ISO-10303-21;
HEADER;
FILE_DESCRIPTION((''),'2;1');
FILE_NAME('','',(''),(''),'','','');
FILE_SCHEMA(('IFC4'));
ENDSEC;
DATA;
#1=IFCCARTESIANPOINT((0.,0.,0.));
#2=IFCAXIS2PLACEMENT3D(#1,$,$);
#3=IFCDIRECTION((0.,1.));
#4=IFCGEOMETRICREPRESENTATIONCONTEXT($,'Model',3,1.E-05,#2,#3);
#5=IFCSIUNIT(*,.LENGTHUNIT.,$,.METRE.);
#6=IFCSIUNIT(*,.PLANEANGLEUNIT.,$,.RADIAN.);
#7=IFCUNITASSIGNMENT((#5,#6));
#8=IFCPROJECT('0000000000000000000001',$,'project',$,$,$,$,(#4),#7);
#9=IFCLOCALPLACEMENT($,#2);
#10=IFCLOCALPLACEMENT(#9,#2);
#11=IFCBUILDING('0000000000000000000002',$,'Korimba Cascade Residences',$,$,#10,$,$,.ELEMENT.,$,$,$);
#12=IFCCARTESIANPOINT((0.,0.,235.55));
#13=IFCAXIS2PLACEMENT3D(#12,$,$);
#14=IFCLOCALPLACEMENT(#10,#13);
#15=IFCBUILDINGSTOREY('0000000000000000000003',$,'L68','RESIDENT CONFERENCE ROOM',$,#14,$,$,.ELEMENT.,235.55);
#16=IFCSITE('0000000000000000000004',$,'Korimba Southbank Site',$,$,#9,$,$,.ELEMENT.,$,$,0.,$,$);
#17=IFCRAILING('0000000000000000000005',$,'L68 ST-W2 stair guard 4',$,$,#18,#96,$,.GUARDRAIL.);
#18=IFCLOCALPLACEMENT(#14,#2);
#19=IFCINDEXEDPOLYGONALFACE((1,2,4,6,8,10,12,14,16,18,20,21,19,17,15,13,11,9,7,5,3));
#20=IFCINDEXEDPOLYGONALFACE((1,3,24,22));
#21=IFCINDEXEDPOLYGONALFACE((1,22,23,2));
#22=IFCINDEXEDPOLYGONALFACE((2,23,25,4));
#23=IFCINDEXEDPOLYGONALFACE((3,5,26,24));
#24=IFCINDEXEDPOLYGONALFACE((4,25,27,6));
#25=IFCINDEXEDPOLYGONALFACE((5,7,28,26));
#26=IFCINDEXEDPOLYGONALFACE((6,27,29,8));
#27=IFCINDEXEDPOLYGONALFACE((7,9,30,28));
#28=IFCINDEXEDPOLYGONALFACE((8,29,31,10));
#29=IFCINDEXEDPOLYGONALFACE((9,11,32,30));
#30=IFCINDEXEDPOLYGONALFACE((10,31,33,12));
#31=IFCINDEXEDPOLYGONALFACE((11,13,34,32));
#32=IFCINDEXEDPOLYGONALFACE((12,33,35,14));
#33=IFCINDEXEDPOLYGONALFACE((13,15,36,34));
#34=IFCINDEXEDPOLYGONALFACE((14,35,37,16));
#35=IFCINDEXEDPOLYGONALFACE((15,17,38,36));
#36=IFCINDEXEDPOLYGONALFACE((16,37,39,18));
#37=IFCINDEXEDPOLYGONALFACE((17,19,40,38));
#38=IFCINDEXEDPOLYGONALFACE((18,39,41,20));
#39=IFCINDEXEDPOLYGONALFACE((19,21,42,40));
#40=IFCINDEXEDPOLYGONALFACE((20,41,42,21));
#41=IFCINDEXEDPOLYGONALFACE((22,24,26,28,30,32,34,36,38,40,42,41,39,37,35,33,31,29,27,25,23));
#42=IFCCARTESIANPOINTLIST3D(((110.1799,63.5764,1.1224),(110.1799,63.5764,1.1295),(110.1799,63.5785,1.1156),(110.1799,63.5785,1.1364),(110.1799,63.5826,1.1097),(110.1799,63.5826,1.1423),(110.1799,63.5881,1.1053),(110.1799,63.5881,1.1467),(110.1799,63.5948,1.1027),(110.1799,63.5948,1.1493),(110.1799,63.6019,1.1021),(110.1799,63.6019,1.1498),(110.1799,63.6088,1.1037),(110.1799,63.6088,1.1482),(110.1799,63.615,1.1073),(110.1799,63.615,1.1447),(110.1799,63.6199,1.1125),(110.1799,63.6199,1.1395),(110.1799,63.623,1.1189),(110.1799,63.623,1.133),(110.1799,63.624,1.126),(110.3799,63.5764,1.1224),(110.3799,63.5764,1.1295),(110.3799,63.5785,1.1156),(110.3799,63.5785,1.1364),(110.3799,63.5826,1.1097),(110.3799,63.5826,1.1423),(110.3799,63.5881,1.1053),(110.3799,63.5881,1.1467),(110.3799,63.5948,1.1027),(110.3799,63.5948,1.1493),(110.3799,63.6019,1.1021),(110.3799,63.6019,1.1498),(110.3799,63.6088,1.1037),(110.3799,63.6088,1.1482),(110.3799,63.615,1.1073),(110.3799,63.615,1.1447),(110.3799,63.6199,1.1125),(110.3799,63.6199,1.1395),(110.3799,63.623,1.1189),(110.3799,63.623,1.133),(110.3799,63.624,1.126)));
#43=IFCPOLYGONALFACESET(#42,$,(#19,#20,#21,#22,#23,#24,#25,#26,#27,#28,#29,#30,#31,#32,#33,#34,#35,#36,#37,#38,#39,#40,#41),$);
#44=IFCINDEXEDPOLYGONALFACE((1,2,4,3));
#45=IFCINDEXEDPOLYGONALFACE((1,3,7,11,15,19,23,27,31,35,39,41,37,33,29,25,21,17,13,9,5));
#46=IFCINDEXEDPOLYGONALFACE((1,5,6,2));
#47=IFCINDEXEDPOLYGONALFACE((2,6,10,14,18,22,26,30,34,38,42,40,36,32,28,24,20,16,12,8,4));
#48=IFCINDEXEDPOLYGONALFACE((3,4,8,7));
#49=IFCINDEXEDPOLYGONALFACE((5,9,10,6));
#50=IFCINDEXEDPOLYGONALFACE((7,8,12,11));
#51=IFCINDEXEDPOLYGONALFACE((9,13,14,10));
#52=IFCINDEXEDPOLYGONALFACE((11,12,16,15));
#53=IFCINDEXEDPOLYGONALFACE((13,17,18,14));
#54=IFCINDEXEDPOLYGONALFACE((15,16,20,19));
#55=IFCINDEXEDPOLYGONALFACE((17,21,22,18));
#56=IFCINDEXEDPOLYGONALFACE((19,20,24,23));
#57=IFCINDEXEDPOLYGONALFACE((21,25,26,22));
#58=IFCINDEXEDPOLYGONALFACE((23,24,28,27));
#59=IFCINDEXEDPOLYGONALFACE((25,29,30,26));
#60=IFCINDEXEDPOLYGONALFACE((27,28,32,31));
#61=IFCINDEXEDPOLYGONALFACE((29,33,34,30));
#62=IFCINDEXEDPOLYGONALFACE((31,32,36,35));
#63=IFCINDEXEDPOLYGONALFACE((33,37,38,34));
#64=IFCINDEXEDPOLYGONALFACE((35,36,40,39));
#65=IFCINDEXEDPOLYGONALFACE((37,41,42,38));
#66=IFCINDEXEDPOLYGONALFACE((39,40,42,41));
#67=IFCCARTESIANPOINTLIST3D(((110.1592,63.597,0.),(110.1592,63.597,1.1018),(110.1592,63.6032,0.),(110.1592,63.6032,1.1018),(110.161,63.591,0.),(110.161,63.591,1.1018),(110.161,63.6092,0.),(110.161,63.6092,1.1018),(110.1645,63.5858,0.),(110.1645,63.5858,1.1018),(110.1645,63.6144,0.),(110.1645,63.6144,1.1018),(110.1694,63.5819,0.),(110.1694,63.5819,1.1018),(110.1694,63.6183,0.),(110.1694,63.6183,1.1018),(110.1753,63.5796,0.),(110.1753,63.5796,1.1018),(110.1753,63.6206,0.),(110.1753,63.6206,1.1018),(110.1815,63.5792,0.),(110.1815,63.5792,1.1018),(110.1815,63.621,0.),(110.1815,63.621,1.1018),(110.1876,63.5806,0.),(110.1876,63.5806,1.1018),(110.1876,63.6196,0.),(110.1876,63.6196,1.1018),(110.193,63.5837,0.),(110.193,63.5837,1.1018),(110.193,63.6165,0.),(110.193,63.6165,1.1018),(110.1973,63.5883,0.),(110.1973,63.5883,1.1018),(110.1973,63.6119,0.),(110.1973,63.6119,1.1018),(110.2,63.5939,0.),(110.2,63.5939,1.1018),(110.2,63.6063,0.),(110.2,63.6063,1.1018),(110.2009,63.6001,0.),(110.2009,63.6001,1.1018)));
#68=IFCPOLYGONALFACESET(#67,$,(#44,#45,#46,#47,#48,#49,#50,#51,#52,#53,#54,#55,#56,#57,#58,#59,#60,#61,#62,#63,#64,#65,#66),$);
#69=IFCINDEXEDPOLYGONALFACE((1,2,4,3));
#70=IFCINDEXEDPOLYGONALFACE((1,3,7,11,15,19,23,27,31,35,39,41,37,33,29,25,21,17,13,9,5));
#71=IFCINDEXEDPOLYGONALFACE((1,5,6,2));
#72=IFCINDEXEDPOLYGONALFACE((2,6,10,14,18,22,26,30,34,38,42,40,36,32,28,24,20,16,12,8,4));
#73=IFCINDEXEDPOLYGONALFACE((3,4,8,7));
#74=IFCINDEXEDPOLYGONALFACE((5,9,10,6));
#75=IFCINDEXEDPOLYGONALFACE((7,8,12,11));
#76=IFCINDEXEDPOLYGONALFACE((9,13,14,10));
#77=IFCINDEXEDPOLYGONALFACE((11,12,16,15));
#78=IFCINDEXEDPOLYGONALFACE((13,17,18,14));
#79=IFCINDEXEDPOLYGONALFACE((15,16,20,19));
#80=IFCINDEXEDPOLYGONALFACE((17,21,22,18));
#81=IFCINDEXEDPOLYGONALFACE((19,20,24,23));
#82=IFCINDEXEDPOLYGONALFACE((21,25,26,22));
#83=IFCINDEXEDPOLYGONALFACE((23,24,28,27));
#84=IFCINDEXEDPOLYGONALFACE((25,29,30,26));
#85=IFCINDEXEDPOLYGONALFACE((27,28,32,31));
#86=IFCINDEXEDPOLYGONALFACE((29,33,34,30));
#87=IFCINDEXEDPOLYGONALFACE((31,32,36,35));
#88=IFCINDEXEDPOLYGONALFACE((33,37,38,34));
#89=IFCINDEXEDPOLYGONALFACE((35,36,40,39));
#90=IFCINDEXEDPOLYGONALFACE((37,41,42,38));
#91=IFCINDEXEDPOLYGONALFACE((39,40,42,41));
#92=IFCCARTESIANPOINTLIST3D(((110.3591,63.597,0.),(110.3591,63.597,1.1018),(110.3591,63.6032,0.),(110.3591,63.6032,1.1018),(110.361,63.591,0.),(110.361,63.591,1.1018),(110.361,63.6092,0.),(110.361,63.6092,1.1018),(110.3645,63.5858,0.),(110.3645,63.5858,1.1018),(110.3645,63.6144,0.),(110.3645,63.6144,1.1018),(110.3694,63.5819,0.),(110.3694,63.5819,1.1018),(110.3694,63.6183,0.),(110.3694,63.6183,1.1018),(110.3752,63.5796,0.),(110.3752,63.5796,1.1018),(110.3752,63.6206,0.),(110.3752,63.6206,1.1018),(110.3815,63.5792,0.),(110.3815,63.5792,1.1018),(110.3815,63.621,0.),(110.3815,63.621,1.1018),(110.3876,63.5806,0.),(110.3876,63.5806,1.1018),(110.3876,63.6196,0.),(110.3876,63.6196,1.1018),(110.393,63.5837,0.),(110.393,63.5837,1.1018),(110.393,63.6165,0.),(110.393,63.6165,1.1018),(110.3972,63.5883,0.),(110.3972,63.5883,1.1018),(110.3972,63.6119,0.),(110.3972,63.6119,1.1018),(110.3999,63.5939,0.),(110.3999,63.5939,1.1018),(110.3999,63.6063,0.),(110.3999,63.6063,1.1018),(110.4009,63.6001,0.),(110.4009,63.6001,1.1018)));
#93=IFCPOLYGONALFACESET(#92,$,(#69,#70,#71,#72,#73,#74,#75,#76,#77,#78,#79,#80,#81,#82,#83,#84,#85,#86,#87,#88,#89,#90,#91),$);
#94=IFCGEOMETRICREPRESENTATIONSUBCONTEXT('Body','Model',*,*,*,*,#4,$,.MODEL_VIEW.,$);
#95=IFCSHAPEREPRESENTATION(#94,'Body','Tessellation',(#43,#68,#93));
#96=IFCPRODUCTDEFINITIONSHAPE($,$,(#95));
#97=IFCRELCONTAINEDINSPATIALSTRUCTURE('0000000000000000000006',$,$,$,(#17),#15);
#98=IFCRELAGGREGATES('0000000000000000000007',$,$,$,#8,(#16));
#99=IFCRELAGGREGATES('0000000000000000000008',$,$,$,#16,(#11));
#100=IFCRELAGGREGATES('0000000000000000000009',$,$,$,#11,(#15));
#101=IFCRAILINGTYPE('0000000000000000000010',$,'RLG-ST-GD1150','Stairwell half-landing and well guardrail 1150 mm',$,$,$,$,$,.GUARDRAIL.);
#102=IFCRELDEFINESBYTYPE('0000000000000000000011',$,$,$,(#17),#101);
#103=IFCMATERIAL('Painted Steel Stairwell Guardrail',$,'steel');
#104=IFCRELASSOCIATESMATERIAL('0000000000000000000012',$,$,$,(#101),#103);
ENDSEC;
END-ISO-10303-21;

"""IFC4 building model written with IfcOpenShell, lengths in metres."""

from ifc_helpers import new_model, si_unit, direction, frame, origin, origin_2d, place, context, subcontext, project, spatial, circle, extrude, material, type_object, element, save


model = new_model("IFC4")

# Units and contexts
model_context = context("Model", 3, precision=1e-05, world=origin(), true_north=direction((0.0, 1.0)))
body_context = subcontext(model_context, "Body", "Model", "MODEL_VIEW")
ifc_project = project(units=[si_unit("LENGTHUNIT", "METRE"), si_unit("PLANEANGLEUNIT", "RADIAN")], contexts=[model_context])

# Site, building, storey
site_placement = place(None, origin())
site = spatial("IfcSite", under=ifc_project, at=site_placement, Name="Korimba Southbank Site", CompositionType="ELEMENT", RefElevation=0.0)
building_placement = place(site_placement, origin())
building = spatial("IfcBuilding", under=site, at=building_placement, Name="Korimba Cascade Residences", CompositionType="ELEMENT")
storey_placement = place(building_placement, frame((0.0, 0.0, 235.55)))
storey = spatial("IfcBuildingStorey", under=building, at=storey_placement, Name="L68", Description="RESIDENT CONFERENCE ROOM", CompositionType="ELEMENT", Elevation=235.55)

# Railing
ifc_material_1 = material(Name="Painted Steel Stairwell Guardrail", Category="steel")
railing_type_1 = type_object("IfcRailingType", Name="RLG-ST-GD1150", Description="Stairwell half-landing and well guardrail 1150 mm", PredefinedType="GUARDRAIL", material=ifc_material_1)
railing_1_placement = place(storey_placement, frame((110.1799, 63.6001, 0.0)))
element("IfcRailing", 1, at=railing_1_placement, inside=storey, type_object=railing_type_1, Name="L68 ST-W2 stair guard 4", PredefinedType="GUARDRAIL", context=body_context, shape_type="SweptSolid", body=[
    extrude(circle(Radius=0.0239, at=origin_2d()), frame((0.0, 0.0, 1.126), z_axis=(1.0, 0.0, 0.0), x_axis=(0.0, 1.0, 0.0)), (0.0, 0.0, 1.0), 0.2),
    extrude(circle(Radius=0.021, at=origin_2d()), origin(), (0.0, 0.0, 1.0), 1.1018),
    extrude(circle(Radius=0.021, at=origin_2d()), frame((0.2, 0.0, 0.0)), (0.0, 0.0, 1.0), 1.1018),
])

save(model, "model.ifc")
